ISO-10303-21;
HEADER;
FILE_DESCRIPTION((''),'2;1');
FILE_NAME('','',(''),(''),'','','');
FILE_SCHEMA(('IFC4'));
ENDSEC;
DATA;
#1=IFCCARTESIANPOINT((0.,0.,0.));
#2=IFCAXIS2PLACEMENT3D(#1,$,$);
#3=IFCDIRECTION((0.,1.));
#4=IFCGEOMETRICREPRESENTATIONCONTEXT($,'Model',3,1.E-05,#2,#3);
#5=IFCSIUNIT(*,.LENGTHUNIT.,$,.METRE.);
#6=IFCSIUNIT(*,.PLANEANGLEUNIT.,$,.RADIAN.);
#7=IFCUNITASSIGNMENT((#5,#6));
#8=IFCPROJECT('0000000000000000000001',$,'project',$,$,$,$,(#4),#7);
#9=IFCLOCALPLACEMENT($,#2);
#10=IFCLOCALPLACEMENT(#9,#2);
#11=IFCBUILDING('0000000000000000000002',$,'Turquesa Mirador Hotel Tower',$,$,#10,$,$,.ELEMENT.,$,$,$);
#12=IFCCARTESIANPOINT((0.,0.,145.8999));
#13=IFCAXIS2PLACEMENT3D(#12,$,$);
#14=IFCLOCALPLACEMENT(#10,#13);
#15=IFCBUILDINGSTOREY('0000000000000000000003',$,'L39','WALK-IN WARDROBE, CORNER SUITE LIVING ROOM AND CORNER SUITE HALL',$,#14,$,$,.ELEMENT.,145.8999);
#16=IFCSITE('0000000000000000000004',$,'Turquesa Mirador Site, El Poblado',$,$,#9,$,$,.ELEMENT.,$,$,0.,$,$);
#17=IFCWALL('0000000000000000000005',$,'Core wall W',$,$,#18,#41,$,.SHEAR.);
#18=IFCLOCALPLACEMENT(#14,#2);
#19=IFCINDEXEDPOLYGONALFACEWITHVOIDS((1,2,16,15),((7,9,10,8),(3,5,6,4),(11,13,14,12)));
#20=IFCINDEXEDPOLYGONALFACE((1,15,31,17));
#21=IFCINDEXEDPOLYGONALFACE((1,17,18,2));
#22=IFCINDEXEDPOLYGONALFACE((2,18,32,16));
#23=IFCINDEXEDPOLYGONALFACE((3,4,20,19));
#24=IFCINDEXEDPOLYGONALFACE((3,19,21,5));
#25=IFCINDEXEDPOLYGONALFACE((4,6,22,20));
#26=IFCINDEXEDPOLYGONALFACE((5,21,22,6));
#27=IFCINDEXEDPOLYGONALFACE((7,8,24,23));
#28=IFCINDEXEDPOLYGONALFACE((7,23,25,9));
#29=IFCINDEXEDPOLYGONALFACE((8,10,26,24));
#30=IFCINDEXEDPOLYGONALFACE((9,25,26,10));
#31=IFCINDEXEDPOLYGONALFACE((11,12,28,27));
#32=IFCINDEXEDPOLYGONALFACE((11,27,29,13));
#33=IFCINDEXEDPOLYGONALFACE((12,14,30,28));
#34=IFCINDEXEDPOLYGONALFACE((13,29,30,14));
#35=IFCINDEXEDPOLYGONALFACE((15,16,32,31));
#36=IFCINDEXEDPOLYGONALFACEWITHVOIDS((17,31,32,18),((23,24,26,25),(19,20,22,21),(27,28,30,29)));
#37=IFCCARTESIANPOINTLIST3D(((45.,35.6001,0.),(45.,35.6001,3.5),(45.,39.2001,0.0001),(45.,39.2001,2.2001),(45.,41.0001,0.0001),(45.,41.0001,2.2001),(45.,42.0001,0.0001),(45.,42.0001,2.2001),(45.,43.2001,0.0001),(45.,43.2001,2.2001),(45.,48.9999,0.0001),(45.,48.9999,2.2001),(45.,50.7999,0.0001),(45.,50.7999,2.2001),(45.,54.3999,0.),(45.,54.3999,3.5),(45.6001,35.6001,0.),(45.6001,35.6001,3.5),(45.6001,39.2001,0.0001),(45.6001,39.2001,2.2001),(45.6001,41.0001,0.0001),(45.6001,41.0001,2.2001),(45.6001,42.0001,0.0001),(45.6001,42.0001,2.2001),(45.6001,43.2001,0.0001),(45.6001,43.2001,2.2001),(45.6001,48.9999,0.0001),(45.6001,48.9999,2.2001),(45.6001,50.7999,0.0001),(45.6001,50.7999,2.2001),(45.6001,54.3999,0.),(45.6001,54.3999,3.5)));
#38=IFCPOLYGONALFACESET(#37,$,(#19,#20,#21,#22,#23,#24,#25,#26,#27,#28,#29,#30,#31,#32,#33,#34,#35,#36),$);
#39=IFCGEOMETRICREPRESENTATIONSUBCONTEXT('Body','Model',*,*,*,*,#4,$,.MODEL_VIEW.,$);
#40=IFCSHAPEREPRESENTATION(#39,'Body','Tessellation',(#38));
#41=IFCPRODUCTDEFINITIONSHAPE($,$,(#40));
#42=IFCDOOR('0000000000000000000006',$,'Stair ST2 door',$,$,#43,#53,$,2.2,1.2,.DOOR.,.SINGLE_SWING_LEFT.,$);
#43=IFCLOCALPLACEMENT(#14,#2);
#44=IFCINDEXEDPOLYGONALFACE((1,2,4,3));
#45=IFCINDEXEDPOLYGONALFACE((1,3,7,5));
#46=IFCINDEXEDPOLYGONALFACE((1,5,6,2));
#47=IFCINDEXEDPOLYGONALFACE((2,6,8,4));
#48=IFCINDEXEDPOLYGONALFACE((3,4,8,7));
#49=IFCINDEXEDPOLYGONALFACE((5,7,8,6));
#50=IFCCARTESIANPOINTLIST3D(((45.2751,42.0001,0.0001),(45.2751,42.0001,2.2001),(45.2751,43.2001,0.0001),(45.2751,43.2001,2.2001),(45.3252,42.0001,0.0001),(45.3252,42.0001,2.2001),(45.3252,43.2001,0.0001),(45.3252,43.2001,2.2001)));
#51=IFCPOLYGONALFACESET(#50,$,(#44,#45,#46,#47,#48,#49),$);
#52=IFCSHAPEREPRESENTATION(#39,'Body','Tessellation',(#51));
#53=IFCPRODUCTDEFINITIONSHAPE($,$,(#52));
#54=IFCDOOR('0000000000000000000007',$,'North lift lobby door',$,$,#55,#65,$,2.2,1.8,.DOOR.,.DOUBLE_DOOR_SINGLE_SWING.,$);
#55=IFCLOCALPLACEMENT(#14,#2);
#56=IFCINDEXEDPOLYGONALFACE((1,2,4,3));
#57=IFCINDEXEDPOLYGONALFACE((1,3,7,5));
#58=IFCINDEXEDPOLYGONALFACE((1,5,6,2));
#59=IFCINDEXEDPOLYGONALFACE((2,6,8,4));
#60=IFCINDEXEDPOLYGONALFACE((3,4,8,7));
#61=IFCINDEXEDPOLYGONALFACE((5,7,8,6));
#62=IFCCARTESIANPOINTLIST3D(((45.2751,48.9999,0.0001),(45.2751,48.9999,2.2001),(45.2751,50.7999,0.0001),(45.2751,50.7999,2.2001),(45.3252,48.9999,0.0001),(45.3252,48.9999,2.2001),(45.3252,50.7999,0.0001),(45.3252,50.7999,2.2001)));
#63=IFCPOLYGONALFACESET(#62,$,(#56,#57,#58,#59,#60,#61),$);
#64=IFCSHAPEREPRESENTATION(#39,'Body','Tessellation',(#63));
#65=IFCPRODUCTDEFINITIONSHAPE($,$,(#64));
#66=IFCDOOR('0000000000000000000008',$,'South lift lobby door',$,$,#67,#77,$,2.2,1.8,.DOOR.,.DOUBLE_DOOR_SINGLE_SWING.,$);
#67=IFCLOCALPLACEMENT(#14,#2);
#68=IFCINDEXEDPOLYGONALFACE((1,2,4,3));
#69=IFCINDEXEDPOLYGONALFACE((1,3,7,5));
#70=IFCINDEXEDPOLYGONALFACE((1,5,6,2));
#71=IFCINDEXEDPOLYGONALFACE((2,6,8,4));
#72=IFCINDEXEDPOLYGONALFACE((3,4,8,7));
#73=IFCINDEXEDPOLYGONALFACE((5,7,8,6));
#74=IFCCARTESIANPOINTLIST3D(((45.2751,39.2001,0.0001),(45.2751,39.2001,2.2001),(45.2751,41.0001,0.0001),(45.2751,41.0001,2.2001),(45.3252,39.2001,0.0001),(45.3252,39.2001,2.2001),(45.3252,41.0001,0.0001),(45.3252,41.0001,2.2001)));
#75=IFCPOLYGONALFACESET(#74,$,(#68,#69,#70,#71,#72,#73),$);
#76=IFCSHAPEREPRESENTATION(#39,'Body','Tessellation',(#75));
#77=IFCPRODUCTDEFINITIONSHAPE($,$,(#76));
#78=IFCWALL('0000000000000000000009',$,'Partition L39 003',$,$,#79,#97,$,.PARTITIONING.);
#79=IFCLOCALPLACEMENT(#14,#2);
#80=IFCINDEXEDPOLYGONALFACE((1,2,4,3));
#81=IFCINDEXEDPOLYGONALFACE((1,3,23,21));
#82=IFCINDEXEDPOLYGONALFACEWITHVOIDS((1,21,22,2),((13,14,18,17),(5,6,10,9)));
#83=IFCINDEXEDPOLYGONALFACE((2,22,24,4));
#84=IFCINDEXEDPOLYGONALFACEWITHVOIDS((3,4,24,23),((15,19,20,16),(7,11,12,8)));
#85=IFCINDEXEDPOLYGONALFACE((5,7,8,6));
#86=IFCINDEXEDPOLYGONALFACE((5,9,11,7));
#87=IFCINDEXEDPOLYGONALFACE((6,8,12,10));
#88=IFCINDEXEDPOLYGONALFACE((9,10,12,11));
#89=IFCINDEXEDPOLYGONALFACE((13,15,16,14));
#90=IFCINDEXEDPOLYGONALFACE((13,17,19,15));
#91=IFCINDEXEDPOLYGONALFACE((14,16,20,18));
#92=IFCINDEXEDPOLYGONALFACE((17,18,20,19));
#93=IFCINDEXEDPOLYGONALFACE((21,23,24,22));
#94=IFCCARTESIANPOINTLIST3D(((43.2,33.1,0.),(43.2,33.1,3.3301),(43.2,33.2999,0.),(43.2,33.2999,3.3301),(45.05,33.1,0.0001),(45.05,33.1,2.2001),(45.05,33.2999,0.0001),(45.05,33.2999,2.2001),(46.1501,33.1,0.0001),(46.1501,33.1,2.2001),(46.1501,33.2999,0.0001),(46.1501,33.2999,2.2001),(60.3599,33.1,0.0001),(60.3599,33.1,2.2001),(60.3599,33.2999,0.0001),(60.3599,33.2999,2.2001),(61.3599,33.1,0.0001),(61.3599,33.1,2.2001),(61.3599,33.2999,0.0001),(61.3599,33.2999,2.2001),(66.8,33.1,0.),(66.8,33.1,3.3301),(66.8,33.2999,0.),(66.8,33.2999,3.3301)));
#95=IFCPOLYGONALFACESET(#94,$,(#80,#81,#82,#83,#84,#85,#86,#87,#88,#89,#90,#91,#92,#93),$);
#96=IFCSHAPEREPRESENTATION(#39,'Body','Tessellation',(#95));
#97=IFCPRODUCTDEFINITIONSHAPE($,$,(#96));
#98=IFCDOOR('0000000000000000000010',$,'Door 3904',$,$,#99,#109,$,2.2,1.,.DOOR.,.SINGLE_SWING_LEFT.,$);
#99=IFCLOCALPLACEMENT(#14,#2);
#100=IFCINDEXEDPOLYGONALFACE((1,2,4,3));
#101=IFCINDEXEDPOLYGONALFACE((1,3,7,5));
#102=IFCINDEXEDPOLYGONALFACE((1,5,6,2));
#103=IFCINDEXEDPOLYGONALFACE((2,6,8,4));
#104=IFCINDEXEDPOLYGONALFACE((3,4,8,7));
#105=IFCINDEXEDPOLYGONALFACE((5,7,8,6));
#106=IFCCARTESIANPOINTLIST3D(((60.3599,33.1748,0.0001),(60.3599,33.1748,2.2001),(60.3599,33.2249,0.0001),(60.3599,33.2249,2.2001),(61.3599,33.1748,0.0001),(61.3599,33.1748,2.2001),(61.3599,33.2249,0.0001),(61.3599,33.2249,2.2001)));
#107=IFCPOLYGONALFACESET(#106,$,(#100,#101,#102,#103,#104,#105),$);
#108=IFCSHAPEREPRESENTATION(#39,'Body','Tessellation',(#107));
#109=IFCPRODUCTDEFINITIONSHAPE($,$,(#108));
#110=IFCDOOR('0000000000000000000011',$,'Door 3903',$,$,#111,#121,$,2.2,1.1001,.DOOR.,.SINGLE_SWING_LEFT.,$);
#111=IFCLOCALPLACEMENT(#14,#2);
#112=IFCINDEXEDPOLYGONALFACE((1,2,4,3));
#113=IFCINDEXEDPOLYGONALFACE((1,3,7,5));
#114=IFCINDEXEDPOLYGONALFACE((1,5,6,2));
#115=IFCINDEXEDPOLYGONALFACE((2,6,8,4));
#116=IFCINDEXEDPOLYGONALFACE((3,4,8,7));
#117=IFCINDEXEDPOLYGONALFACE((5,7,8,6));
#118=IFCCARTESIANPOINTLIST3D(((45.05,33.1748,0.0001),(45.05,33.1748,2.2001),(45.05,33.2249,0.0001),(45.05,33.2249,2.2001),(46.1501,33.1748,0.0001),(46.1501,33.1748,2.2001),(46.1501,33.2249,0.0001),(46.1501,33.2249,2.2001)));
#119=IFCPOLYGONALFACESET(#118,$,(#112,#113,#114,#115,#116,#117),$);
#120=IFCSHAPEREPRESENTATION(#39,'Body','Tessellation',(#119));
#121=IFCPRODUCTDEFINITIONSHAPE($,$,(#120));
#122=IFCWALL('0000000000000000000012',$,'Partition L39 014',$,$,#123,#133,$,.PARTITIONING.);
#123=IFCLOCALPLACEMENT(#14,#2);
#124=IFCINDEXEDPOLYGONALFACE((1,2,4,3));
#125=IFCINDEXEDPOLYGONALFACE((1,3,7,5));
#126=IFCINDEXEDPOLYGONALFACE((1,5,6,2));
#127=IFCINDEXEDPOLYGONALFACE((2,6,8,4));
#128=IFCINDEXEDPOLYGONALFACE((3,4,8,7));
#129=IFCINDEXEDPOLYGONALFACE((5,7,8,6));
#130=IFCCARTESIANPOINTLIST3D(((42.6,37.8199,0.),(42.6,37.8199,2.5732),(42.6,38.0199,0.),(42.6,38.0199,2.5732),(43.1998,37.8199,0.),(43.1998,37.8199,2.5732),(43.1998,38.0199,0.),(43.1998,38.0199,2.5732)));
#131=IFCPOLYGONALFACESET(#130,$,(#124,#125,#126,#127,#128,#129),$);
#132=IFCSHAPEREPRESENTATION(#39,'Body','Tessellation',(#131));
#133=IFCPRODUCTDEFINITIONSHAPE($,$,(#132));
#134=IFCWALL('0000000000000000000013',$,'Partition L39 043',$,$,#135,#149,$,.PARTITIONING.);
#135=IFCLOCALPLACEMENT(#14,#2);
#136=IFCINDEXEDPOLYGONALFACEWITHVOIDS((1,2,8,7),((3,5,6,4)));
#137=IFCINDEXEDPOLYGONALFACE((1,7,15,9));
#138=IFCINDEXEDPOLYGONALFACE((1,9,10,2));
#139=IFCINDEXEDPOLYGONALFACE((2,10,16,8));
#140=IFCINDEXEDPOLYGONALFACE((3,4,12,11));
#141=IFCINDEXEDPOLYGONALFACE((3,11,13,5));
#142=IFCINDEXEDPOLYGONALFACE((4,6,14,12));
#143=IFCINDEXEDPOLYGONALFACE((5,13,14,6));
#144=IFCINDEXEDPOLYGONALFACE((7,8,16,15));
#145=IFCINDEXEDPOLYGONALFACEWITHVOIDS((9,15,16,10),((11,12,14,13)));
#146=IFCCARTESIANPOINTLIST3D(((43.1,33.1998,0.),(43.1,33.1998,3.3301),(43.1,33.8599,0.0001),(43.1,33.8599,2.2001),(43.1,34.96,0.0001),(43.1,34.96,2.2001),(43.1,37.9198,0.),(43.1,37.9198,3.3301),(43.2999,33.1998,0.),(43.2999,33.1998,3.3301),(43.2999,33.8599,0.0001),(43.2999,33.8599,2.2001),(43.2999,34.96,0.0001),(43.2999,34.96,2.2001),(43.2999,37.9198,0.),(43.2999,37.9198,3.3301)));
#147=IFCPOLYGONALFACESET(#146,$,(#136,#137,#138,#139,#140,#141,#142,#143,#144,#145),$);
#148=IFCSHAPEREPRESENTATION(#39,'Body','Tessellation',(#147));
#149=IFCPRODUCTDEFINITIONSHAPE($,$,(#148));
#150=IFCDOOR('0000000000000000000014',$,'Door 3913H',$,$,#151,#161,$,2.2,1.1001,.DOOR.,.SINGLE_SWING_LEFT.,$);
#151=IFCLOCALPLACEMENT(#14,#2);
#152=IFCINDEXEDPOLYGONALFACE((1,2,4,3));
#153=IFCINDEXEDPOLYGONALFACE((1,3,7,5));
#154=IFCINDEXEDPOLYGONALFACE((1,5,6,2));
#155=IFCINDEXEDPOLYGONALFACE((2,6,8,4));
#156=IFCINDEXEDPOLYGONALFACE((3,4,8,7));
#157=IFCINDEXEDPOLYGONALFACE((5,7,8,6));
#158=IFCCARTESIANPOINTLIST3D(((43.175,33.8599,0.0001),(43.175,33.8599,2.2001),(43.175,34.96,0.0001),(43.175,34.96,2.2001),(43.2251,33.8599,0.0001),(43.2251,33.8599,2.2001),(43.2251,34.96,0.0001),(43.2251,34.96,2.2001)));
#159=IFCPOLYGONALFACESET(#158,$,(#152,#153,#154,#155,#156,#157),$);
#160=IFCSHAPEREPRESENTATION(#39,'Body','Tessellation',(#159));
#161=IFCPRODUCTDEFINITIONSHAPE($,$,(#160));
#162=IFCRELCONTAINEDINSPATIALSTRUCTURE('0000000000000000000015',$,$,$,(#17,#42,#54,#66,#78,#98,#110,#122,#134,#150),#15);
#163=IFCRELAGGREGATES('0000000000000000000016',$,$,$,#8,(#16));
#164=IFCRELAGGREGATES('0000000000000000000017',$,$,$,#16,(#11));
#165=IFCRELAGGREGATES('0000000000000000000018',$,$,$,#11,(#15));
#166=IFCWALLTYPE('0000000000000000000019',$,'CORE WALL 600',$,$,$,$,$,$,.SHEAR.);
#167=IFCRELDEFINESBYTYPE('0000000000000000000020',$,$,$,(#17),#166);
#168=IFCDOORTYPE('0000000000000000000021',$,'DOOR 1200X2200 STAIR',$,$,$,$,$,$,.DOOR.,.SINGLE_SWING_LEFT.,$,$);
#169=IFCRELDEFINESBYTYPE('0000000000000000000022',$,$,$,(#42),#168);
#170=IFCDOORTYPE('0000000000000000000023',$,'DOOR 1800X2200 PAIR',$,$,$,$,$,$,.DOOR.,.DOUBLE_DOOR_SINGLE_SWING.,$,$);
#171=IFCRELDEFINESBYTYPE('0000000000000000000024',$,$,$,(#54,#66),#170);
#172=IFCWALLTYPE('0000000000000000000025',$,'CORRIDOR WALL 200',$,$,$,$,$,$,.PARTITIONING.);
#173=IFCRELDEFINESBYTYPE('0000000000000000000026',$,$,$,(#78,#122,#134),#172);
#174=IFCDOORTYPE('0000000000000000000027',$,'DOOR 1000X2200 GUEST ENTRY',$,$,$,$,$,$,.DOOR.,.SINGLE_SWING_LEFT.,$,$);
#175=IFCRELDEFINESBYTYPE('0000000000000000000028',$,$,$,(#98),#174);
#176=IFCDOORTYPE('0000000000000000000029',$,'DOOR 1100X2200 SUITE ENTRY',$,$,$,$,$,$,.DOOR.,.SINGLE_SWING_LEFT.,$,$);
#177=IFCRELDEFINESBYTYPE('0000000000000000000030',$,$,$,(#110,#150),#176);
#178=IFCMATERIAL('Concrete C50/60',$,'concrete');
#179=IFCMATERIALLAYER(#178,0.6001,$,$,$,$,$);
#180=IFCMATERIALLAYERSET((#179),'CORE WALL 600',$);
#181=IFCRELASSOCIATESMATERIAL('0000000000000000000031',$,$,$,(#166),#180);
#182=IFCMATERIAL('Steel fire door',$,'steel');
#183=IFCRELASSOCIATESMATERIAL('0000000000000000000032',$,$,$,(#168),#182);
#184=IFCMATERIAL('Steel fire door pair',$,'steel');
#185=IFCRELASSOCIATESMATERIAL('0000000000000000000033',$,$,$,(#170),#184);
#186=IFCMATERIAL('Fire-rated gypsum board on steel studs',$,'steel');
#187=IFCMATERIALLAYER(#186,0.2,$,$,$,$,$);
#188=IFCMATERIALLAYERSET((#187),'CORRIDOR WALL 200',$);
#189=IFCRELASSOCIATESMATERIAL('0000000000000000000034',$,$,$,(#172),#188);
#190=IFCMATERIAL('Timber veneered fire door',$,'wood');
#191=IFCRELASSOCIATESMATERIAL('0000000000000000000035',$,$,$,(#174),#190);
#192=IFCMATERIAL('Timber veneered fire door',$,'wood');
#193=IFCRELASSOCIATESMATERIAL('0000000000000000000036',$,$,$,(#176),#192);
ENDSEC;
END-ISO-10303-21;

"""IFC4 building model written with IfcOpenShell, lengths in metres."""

from ifc_helpers import new_model, si_unit, direction, frame, frame_2d, origin, place, context, subcontext, project, spatial, rectangle, extrude, material, layer, layer_set, type_object, element, fill, save


model = new_model("IFC4")

# Units and contexts
model_context = context("Model", 3, precision=1e-05, world=origin(), true_north=direction((0.0, 1.0)))
body_context = subcontext(model_context, "Body", "Model", "MODEL_VIEW")
ifc_project = project(units=[si_unit("LENGTHUNIT", "METRE"), si_unit("PLANEANGLEUNIT", "RADIAN")], contexts=[model_context])

# Site, building, storey
site_placement = place(None, origin())
site = spatial("IfcSite", under=ifc_project, at=site_placement, Name="Turquesa Mirador Site, El Poblado", CompositionType="ELEMENT", RefElevation=0.0)
building_placement = place(site_placement, origin())
building = spatial("IfcBuilding", under=site, at=building_placement, Name="Turquesa Mirador Hotel Tower", CompositionType="ELEMENT")
storey_placement = place(building_placement, frame((0.0, 0.0, 145.8999)))
storey = spatial("IfcBuildingStorey", under=building, at=storey_placement, Name="L39", Description="WALK-IN WARDROBE, CORNER SUITE LIVING ROOM AND CORNER SUITE HALL", CompositionType="ELEMENT", Elevation=145.8999)

# Shared definitions
ifc_material_1 = material(Name="Concrete C50/60", Category="concrete")
ifc_layer_1 = layer(ifc_material_1, 0.6001)
ifc_layer_set_1 = layer_set([ifc_layer_1], Name="CORE WALL 600")
wall_type_1 = type_object("IfcWallType", Name="CORE WALL 600", PredefinedType="SHEAR", material=ifc_layer_set_1)

# Walls, openings, doors
wall_1_placement = place(storey_placement, frame((45.3, 35.6001, 0.0), z_axis=(0.0, 0.0, 1.0), x_axis=(0.0, 1.0, 0.0)))
wall_1 = element("IfcWall", 1, at=wall_1_placement, inside=storey, type_object=wall_type_1, Name="Core wall W", PredefinedType="SHEAR", context=body_context, shape_type="SweptSolid", body=[
    extrude(rectangle(XDim=18.7998, YDim=0.6001, at=frame_2d((9.3999, 0.0))), origin(), (0.0, 0.0, 1.0), 3.5),
])
opening_1_placement = place(wall_1_placement, frame((13.3999, 0.0, 0.0)))
opening_1 = element("IfcOpeningElement", 2, at=opening_1_placement, cuts=wall_1, PredefinedType="OPENING", context=body_context, shape_type="SweptSolid", body=[
    extrude(rectangle(XDim=1.8, YDim=2.2, at=frame_2d((0.8999, 1.1001))), frame((0.0, 0.3101, 0.0), z_axis=(0.0, -1.0, 0.0), x_axis=(1.0, 0.0, 0.0)), (0.0, 0.0, 1.0), 0.6201),
])
opening_2_placement = place(wall_1_placement, frame((3.6001, 0.0, 0.0)))
opening_2 = element("IfcOpeningElement", 3, at=opening_2_placement, cuts=wall_1, PredefinedType="OPENING", context=body_context, shape_type="SweptSolid", body=[
    extrude(rectangle(XDim=1.8, YDim=2.2, at=frame_2d((0.8999, 1.1001))), frame((0.0, 0.3101, 0.0), z_axis=(0.0, -1.0, 0.0), x_axis=(1.0, 0.0, 0.0)), (0.0, 0.0, 1.0), 0.6201),
])
opening_3_placement = place(wall_1_placement, frame((6.3999, 0.0, 0.0)))
opening_3 = element("IfcOpeningElement", 4, at=opening_3_placement, cuts=wall_1, PredefinedType="OPENING", context=body_context, shape_type="SweptSolid", body=[
    extrude(rectangle(XDim=1.2, YDim=2.2, at=frame_2d((0.6001, 1.1001))), frame((0.0, 0.3101, 0.0), z_axis=(0.0, -1.0, 0.0), x_axis=(1.0, 0.0, 0.0)), (0.0, 0.0, 1.0), 0.6201),
])
ifc_material_2 = material(Name="Steel fire door", Category="steel")
door_type_1 = type_object("IfcDoorType", Name="DOOR 1200X2200 STAIR", OperationType="SINGLE_SWING_LEFT", PredefinedType="DOOR", material=ifc_material_2)
door_1_placement = place(opening_3_placement, origin())
door_1 = element("IfcDoor", 5, at=door_1_placement, inside=storey, type_object=door_type_1, Name="Stair ST2 door", OperationType="SINGLE_SWING_LEFT", OverallHeight=2.2, OverallWidth=1.2, PredefinedType="DOOR", context=body_context, shape_type="SweptSolid", body=[
    extrude(rectangle(XDim=1.2, YDim=2.2, at=frame_2d((0.6001, 1.1001))), frame((0.0, 0.0249, 0.0), z_axis=(0.0, -1.0, 0.0), x_axis=(1.0, 0.0, 0.0)), (0.0, 0.0, 1.0), 0.05),
])
fill(opening_3, door_1)
ifc_material_3 = material(Name="Steel fire door pair", Category="steel")
door_type_2 = type_object("IfcDoorType", Name="DOOR 1800X2200 PAIR", OperationType="DOUBLE_DOOR_SINGLE_SWING", PredefinedType="DOOR", material=ifc_material_3)
door_2_placement = place(opening_1_placement, origin())
door_2 = element("IfcDoor", 6, at=door_2_placement, inside=storey, type_object=door_type_2, Name="North lift lobby door", OperationType="DOUBLE_DOOR_SINGLE_SWING", OverallHeight=2.2, OverallWidth=1.8, PredefinedType="DOOR", context=body_context, shape_type="SweptSolid", body=[
    extrude(rectangle(XDim=1.8, YDim=2.2, at=frame_2d((0.8999, 1.1001))), frame((0.0, 0.0249, 0.0), z_axis=(0.0, -1.0, 0.0), x_axis=(1.0, 0.0, 0.0)), (0.0, 0.0, 1.0), 0.05),
])
fill(opening_1, door_2)
door_3_placement = place(opening_2_placement, origin())
door_3 = element("IfcDoor", 7, at=door_3_placement, inside=storey, type_object=door_type_2, Name="South lift lobby door", OperationType="DOUBLE_DOOR_SINGLE_SWING", OverallHeight=2.2, OverallWidth=1.8, PredefinedType="DOOR", context=body_context, shape_type="SweptSolid", body=[
    extrude(rectangle(XDim=1.8, YDim=2.2, at=frame_2d((0.8999, 1.1001))), frame((0.0, 0.0249, 0.0), z_axis=(0.0, -1.0, 0.0), x_axis=(1.0, 0.0, 0.0)), (0.0, 0.0, 1.0), 0.05),
])
fill(opening_2, door_3)
ifc_material_4 = material(Name="Fire-rated gypsum board on steel studs", Category="steel")
ifc_layer_2 = layer(ifc_material_4, 0.2)
ifc_layer_set_2 = layer_set([ifc_layer_2], Name="CORRIDOR WALL 200")
wall_type_2 = type_object("IfcWallType", Name="CORRIDOR WALL 200", PredefinedType="PARTITIONING", material=ifc_layer_set_2)
wall_2_placement = place(storey_placement, frame((43.2, 33.2, 0.0), z_axis=(0.0, 0.0, 1.0), x_axis=(1.0, 0.0, 0.0)))
wall_2 = element("IfcWall", 8, at=wall_2_placement, inside=storey, type_object=wall_type_2, Name="Partition L39 003", PredefinedType="PARTITIONING", context=body_context, shape_type="SweptSolid", body=[
    extrude(rectangle(XDim=23.6001, YDim=0.2, at=frame_2d((11.8, 0.0))), origin(), (0.0, 0.0, 1.0), 3.3301),
])
opening_4_placement = place(wall_2_placement, frame((1.8501, 0.0, 0.0)))
opening_4 = element("IfcOpeningElement", 9, at=opening_4_placement, cuts=wall_2, PredefinedType="OPENING", context=body_context, shape_type="SweptSolid", body=[
    extrude(rectangle(XDim=1.1001, YDim=2.2, at=frame_2d((0.55, 1.1001))), frame((0.0, 0.1099, 0.0), z_axis=(0.0, -1.0, 0.0), x_axis=(1.0, 0.0, 0.0)), (0.0, 0.0, 1.0), 0.22),
])
opening_5_placement = place(wall_2_placement, frame((17.1599, 0.0, 0.0)))
opening_5 = element("IfcOpeningElement", 10, at=opening_5_placement, cuts=wall_2, PredefinedType="OPENING", context=body_context, shape_type="SweptSolid", body=[
    extrude(rectangle(XDim=1.0, YDim=2.2, at=frame_2d((0.5, 1.1001))), frame((0.0, 0.1099, 0.0), z_axis=(0.0, -1.0, 0.0), x_axis=(1.0, 0.0, 0.0)), (0.0, 0.0, 1.0), 0.22),
])
ifc_material_5 = material(Name="Timber veneered fire door", Category="wood")
door_type_3 = type_object("IfcDoorType", Name="DOOR 1000X2200 GUEST ENTRY", OperationType="SINGLE_SWING_LEFT", PredefinedType="DOOR", material=ifc_material_5)
door_4_placement = place(opening_5_placement, origin())
door_4 = element("IfcDoor", 11, at=door_4_placement, inside=storey, type_object=door_type_3, Name="Door 3904", OperationType="SINGLE_SWING_LEFT", OverallHeight=2.2, OverallWidth=1.0, PredefinedType="DOOR", context=body_context, shape_type="SweptSolid", body=[
    extrude(rectangle(XDim=1.0, YDim=2.2, at=frame_2d((0.5, 1.1001))), frame((0.0, 0.0249, 0.0), z_axis=(0.0, -1.0, 0.0), x_axis=(1.0, 0.0, 0.0)), (0.0, 0.0, 1.0), 0.05),
])
fill(opening_5, door_4)
ifc_material_6 = material(Name="Timber veneered fire door", Category="wood")
door_type_4 = type_object("IfcDoorType", Name="DOOR 1100X2200 SUITE ENTRY", OperationType="SINGLE_SWING_LEFT", PredefinedType="DOOR", material=ifc_material_6)
door_5_placement = place(opening_4_placement, origin())
door_5 = element("IfcDoor", 12, at=door_5_placement, inside=storey, type_object=door_type_4, Name="Door 3903", OperationType="SINGLE_SWING_LEFT", OverallHeight=2.2, OverallWidth=1.1001, PredefinedType="DOOR", context=body_context, shape_type="SweptSolid", body=[
    extrude(rectangle(XDim=1.1001, YDim=2.2, at=frame_2d((0.55, 1.1001))), frame((0.0, 0.0249, 0.0), z_axis=(0.0, -1.0, 0.0), x_axis=(1.0, 0.0, 0.0)), (0.0, 0.0, 1.0), 0.05),
])
fill(opening_4, door_5)

# Wall
wall_3_placement = place(storey_placement, frame((42.6001, 37.9199, 0.0), z_axis=(0.0, 0.0, 1.0), x_axis=(1.0, 0.0, 0.0)))
element("IfcWall", 13, at=wall_3_placement, inside=storey, type_object=wall_type_2, Name="Partition L39 014", PredefinedType="PARTITIONING", context=body_context, shape_type="SweptSolid", body=[
    extrude(rectangle(XDim=0.5999, YDim=0.2, at=frame_2d((0.2998, 0.0))), origin(), (0.0, 0.0, 1.0), 2.5732),
])

# Wall, opening, door
wall_4_placement = place(storey_placement, frame((43.2, 33.2, 0.0), z_axis=(0.0, 0.0, 1.0), x_axis=(0.0, 1.0, 0.0)))
wall_4 = element("IfcWall", 14, at=wall_4_placement, inside=storey, type_object=wall_type_2, Name="Partition L39 043", PredefinedType="PARTITIONING", context=body_context, shape_type="SweptSolid", body=[
    extrude(rectangle(XDim=4.72, YDim=0.2, at=frame_2d((2.3599, 0.0))), origin(), (0.0, 0.0, 1.0), 3.3301),
])
opening_6_placement = place(wall_4_placement, frame((0.6599, 0.0, 0.0)))
opening_6 = element("IfcOpeningElement", 15, at=opening_6_placement, cuts=wall_4, PredefinedType="OPENING", context=body_context, shape_type="SweptSolid", body=[
    extrude(rectangle(XDim=1.1001, YDim=2.2, at=frame_2d((0.55, 1.1001))), frame((0.0, 0.1099, 0.0), z_axis=(0.0, -1.0, 0.0), x_axis=(1.0, 0.0, 0.0)), (0.0, 0.0, 1.0), 0.22),
])
door_6_placement = place(opening_6_placement, origin())
door_6 = element("IfcDoor", 16, at=door_6_placement, inside=storey, type_object=door_type_4, Name="Door 3913H", OperationType="SINGLE_SWING_LEFT", OverallHeight=2.2, OverallWidth=1.1001, PredefinedType="DOOR", context=body_context, shape_type="SweptSolid", body=[
    extrude(rectangle(XDim=1.1001, YDim=2.2, at=frame_2d((0.55, 1.1001))), frame((0.0, 0.0249, 0.0), z_axis=(0.0, -1.0, 0.0), x_axis=(1.0, 0.0, 0.0)), (0.0, 0.0, 1.0), 0.05),
])
fill(opening_6, door_6)

save(model, "model.ifc")
